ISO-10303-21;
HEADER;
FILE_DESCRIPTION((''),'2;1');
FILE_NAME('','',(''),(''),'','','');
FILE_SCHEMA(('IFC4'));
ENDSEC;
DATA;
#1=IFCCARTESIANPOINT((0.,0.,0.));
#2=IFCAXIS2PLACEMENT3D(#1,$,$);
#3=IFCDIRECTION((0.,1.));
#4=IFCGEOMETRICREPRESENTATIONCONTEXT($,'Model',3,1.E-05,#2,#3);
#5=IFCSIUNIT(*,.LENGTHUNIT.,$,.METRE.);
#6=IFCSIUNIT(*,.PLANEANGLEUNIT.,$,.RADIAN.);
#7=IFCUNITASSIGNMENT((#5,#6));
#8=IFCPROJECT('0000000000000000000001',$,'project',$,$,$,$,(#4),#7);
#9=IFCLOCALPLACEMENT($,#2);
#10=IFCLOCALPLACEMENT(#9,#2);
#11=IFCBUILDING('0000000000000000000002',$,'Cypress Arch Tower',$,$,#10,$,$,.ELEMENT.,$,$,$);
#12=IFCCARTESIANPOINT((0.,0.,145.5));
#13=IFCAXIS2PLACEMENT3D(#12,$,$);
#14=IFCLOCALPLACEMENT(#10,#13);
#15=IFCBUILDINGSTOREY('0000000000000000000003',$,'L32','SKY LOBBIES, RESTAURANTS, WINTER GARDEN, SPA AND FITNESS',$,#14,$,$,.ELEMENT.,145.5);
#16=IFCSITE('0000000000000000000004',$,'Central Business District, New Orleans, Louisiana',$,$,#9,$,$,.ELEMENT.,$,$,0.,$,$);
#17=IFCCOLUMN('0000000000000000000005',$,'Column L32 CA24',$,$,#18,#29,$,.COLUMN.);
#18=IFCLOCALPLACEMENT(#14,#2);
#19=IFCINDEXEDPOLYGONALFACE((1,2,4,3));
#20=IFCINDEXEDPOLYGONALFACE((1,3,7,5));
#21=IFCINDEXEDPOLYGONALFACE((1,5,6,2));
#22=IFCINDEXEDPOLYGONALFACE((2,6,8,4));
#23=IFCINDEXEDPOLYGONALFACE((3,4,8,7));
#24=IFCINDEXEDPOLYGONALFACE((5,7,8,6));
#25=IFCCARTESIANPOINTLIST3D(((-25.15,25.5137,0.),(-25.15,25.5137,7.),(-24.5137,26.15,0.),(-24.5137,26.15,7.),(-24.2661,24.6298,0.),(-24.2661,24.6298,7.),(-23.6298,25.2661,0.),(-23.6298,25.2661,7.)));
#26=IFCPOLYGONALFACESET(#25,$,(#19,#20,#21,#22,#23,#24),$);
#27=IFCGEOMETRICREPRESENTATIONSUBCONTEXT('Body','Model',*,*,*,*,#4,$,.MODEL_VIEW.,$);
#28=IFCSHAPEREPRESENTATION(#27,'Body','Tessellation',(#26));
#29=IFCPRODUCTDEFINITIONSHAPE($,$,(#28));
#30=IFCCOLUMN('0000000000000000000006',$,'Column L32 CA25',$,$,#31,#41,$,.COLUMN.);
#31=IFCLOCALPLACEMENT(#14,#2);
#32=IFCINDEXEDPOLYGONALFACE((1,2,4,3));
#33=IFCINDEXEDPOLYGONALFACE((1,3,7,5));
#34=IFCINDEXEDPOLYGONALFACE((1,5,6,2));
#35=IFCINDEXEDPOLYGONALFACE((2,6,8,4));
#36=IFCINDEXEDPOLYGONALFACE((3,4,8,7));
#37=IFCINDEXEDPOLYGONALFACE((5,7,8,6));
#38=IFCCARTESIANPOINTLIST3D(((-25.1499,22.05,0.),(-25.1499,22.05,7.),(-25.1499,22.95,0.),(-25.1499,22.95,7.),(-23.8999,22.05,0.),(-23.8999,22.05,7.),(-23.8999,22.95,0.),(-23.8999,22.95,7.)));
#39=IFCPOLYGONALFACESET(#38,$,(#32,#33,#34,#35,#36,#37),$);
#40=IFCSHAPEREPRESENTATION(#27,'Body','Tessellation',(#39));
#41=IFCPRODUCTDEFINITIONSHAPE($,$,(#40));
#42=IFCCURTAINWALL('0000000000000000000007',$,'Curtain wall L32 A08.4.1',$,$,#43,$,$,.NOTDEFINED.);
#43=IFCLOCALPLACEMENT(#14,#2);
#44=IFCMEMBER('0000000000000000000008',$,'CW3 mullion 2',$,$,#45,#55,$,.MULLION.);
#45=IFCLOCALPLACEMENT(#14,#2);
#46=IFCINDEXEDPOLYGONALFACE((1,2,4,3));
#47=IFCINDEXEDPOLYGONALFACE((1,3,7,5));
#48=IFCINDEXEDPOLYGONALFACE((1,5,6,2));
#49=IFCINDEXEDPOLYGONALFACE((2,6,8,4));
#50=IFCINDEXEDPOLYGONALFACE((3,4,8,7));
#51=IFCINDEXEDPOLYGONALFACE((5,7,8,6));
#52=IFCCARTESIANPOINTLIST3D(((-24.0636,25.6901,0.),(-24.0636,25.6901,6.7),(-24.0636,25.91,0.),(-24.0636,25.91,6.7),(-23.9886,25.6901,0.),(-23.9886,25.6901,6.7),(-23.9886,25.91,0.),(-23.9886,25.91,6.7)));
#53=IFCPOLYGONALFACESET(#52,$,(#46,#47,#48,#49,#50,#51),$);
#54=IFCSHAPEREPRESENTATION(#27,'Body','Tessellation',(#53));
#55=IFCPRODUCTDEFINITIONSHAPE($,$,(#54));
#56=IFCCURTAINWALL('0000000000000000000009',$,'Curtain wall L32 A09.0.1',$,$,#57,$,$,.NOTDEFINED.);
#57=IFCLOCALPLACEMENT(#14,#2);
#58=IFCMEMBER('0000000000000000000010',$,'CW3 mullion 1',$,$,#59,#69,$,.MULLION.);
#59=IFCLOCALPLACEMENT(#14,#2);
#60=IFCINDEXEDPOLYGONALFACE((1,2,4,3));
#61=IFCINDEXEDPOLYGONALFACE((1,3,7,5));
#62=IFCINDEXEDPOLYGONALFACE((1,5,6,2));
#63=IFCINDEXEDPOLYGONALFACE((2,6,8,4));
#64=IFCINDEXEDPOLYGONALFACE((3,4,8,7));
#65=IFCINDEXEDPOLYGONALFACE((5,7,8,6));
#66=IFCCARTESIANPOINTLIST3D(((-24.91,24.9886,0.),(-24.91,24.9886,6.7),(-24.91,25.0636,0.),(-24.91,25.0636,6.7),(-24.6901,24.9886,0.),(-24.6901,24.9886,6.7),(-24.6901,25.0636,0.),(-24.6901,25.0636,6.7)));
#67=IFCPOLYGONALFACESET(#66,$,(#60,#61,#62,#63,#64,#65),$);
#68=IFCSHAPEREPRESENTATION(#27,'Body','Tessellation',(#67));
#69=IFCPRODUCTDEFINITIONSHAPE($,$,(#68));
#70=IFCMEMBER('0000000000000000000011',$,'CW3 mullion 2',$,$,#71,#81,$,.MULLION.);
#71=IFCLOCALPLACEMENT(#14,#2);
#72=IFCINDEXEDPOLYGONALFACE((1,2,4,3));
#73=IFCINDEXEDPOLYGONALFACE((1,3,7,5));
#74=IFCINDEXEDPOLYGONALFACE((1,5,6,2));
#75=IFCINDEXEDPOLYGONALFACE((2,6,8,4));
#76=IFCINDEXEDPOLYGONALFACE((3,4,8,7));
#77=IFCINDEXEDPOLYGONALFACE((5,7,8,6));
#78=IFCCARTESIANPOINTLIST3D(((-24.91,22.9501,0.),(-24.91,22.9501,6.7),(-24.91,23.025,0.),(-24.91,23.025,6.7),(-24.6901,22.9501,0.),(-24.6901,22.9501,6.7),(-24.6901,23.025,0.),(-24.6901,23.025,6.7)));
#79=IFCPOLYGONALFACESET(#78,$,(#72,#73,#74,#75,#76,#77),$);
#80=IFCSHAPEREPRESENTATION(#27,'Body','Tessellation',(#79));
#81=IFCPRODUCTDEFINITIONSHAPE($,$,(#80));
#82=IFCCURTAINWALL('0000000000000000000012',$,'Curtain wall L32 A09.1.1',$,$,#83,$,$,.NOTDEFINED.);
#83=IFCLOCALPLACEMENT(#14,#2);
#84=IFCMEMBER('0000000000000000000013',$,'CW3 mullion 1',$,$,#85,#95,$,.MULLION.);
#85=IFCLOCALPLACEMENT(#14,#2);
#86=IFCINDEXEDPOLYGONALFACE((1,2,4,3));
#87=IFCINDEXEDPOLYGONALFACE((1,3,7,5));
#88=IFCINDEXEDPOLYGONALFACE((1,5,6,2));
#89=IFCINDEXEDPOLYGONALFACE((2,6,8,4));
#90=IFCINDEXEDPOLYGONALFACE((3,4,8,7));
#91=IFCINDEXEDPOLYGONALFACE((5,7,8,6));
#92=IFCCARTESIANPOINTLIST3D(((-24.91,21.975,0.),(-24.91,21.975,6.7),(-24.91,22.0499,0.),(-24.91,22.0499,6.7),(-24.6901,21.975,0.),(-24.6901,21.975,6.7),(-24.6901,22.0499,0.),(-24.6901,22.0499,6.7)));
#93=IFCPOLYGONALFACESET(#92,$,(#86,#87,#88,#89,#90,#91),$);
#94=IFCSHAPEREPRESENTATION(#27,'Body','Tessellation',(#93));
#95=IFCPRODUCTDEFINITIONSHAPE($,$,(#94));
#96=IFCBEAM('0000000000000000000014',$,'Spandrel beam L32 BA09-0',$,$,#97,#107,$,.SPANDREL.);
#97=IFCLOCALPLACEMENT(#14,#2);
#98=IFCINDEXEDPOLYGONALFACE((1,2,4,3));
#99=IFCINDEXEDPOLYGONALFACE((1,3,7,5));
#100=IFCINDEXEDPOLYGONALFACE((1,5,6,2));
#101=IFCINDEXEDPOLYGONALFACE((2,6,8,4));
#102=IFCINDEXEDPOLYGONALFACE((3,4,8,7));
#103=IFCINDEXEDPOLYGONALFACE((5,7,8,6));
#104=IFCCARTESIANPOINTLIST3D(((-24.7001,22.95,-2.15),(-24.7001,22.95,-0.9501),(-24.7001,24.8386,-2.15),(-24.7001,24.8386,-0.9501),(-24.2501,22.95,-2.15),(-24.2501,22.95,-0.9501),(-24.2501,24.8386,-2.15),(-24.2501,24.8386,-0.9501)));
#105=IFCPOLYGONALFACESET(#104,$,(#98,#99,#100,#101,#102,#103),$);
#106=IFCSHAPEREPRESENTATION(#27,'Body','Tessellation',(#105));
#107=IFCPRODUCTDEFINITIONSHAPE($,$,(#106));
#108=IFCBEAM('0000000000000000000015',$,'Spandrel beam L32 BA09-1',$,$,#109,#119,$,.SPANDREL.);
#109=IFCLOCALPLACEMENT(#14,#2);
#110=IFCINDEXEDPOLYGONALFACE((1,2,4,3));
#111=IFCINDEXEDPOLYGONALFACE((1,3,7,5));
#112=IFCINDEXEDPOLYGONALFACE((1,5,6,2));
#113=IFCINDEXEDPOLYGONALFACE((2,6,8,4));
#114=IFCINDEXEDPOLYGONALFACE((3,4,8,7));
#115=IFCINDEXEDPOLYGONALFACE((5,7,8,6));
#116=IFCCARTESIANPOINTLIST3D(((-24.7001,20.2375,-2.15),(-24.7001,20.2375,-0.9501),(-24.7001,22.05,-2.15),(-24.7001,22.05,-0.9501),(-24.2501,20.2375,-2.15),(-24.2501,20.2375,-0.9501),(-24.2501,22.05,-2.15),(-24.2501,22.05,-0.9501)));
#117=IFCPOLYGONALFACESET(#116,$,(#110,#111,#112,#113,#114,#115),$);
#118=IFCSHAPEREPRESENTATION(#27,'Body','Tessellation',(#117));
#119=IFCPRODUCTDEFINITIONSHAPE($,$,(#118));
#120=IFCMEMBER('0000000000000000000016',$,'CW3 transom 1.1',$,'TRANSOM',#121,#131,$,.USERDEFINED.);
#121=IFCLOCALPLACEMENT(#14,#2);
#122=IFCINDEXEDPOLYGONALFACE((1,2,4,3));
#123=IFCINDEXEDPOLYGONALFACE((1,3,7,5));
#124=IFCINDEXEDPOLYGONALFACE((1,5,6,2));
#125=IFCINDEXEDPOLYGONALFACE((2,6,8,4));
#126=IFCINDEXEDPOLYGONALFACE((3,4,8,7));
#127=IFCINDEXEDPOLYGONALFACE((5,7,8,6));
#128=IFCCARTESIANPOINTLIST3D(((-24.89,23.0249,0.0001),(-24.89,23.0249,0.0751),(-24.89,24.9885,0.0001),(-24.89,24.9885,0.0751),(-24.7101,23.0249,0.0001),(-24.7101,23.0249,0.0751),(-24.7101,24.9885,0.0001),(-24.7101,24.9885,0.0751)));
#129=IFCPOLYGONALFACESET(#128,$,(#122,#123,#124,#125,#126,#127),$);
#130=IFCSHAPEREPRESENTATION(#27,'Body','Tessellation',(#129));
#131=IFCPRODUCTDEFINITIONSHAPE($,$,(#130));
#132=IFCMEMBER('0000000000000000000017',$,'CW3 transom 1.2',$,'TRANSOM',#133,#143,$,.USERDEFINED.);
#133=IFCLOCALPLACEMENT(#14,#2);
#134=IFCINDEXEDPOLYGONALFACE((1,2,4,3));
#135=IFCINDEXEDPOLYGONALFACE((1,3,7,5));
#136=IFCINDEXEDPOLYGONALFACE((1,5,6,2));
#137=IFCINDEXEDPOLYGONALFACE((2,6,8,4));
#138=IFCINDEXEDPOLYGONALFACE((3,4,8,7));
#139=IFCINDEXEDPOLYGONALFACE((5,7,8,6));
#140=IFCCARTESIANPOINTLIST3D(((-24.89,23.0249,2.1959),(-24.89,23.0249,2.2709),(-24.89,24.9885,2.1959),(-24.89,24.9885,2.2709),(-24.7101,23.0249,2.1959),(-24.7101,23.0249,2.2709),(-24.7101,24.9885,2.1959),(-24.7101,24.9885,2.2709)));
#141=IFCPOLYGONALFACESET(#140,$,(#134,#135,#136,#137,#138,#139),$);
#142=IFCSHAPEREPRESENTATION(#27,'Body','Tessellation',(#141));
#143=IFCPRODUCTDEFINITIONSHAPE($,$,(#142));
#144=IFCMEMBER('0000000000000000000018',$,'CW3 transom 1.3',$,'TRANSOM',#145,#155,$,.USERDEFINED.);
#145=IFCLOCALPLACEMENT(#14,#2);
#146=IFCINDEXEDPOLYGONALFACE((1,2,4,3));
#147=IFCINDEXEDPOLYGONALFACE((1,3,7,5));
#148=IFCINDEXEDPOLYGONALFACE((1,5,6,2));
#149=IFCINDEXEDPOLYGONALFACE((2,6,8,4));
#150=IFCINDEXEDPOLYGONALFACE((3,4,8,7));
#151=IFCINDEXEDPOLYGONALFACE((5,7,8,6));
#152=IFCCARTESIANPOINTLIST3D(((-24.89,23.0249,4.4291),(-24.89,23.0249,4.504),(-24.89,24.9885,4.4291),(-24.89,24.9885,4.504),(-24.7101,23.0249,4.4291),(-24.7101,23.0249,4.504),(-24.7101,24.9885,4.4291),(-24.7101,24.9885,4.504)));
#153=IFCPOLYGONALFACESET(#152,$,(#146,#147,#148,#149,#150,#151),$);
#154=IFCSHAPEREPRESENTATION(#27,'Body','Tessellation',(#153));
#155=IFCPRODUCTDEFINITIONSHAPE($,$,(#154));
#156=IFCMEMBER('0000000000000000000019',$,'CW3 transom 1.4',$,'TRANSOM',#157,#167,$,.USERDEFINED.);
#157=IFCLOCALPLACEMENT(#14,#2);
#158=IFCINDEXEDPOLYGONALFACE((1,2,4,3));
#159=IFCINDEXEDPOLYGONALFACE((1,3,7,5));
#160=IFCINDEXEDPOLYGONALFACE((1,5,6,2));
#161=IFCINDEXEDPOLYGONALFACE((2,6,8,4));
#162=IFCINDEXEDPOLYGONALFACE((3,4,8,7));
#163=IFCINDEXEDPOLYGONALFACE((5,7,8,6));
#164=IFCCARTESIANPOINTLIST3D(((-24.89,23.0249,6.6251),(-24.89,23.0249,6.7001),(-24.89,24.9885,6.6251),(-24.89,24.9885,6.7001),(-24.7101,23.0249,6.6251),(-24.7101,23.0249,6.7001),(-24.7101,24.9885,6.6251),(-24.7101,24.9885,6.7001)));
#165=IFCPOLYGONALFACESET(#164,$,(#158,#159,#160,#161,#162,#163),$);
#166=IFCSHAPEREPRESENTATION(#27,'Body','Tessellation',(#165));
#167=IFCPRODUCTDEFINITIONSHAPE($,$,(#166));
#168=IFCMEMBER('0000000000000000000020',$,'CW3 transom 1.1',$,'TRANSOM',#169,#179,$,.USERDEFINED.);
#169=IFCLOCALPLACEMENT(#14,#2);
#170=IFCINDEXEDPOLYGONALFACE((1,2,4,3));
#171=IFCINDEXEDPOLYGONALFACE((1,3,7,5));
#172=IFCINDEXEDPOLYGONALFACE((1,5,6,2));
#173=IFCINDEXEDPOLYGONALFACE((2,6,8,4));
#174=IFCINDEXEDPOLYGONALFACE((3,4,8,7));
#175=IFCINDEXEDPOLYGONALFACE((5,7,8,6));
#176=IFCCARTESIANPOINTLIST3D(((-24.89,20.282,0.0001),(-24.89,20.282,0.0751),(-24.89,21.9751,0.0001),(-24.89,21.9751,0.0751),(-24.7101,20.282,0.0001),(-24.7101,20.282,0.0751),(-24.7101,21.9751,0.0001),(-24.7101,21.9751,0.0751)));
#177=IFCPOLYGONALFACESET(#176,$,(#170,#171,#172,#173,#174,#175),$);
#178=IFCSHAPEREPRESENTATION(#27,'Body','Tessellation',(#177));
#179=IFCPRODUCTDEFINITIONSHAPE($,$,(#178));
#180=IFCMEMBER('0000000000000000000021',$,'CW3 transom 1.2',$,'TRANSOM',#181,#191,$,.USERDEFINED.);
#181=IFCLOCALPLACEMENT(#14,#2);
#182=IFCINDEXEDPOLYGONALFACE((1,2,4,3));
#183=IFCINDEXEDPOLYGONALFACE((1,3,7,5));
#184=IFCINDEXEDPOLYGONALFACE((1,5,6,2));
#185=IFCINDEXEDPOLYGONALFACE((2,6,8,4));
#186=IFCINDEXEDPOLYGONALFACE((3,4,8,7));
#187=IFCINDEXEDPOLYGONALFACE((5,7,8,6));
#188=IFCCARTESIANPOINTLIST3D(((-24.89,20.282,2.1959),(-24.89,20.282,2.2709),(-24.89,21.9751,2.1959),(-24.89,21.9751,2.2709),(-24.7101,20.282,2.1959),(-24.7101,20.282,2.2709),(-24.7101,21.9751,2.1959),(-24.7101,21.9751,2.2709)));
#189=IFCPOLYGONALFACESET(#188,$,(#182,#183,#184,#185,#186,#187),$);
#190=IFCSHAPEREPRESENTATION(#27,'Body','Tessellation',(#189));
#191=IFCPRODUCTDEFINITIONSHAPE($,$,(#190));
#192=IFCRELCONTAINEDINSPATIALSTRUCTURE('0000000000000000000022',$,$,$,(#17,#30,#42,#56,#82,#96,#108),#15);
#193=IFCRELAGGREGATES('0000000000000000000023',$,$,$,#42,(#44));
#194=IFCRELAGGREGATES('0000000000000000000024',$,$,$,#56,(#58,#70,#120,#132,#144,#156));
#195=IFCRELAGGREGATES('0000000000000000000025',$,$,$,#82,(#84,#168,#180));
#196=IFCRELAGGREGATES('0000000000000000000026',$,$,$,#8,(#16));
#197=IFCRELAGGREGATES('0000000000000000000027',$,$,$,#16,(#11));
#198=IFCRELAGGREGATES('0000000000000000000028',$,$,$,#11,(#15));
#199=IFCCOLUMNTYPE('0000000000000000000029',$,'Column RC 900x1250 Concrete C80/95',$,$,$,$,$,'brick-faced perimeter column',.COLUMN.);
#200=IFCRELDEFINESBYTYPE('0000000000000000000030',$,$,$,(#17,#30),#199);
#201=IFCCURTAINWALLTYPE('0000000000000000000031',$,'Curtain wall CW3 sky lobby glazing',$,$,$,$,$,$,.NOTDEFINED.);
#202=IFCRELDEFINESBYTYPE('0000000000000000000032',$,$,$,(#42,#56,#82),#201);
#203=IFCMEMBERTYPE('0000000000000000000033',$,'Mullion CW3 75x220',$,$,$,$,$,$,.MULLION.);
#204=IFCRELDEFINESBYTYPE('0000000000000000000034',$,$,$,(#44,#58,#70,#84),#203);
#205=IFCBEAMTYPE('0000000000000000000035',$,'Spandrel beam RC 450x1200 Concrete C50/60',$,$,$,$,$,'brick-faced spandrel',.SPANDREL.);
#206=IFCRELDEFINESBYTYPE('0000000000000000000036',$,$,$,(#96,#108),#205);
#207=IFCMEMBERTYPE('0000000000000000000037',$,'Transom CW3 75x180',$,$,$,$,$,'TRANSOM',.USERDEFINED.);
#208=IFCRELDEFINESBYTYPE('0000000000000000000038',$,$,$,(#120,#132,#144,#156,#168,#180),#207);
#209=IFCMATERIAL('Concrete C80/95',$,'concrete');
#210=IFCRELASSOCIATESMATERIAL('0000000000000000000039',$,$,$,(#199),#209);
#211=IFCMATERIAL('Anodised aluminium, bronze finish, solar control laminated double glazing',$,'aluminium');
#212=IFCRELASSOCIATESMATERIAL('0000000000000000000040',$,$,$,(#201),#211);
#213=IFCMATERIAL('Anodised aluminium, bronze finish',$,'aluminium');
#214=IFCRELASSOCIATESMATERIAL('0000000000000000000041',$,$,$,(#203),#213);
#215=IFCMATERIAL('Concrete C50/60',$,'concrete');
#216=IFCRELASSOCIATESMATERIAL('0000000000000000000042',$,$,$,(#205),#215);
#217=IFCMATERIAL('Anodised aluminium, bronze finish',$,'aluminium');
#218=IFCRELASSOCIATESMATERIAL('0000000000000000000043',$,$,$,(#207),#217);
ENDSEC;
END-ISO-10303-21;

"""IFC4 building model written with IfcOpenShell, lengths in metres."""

from ifc_helpers import new_model, si_unit, direction, frame, origin, origin_2d, place, context, subcontext, project, spatial, rectangle, extrude, material, material_profile, profile_set, type_object, element, aggregate, save


model = new_model("IFC4")

# Units and contexts
model_context = context("Model", 3, precision=1e-05, world=origin(), true_north=direction((0.0, 1.0)))
body_context = subcontext(model_context, "Body", "Model", "MODEL_VIEW")
ifc_project = project(units=[si_unit("LENGTHUNIT", "METRE"), si_unit("PLANEANGLEUNIT", "RADIAN")], contexts=[model_context])

# Site, building, storey
site_placement = place(None, origin())
site = spatial("IfcSite", under=ifc_project, at=site_placement, Name="Central Business District, New Orleans, Louisiana", CompositionType="ELEMENT", RefElevation=0.0)
building_placement = place(site_placement, origin())
building = spatial("IfcBuilding", under=site, at=building_placement, Name="Cypress Arch Tower", CompositionType="ELEMENT")
storey_placement = place(building_placement, frame((0.0, 0.0, 145.5)))
storey = spatial("IfcBuildingStorey", under=building, at=storey_placement, Name="L32", Description="SKY LOBBIES, RESTAURANTS, WINTER GARDEN, SPA AND FITNESS", CompositionType="ELEMENT", Elevation=145.5)

# Columns
ifc_material_1 = material(Name="Concrete C80/95", Category="concrete")
ifc_material_profile_1 = material_profile(ifc_material_1, rectangle(XDim=0.8999, YDim=1.25, at=origin_2d()), Name="RC 900x1250")
ifc_profile_set_1 = profile_set([ifc_material_profile_1], Name="Concrete C80/95")
column_type = type_object("IfcColumnType", Name="Column RC 900x1250 Concrete C80/95", ElementType="brick-faced perimeter column", PredefinedType="COLUMN", material=ifc_profile_set_1)
for number, where, z_axis, x_axis, name in (
    (1, (-24.3899, 25.3899, 0.0), (0.0, 0.0, 1.0), (-0.707107, -0.707107, 0.0), "Column L32 CA24"),
    (2, (-24.5249, 22.5, 0.0), (0.0, 0.0, 1.0), (0.0, -1.0, 0.0), "Column L32 CA25"),
):
    element("IfcColumn", number, at=place(storey_placement, frame(where, z_axis=z_axis, x_axis=x_axis)), inside=storey, type_object=column_type, Name=name, PredefinedType="COLUMN", context=body_context, shape_type="SweptSolid", body=[
        extrude(rectangle(XDim=0.8999, YDim=1.25, at=origin_2d()), origin(), (0.0, 0.0, 1.0), 7.0),
    ])

# Curtain wall, member
ifc_material_2 = material(Name="Anodised aluminium, bronze finish, solar control laminated double glazing", Category="aluminium")
curtain_wall_type = type_object("IfcCurtainWallType", Name="Curtain wall CW3 sky lobby glazing", PredefinedType="NOTDEFINED", material=ifc_material_2)
curtain_wall_1_placement = place(storey_placement, origin())
curtain_wall_1 = element("IfcCurtainWall", 3, at=curtain_wall_1_placement, inside=storey, type_object=curtain_wall_type, Name="Curtain wall L32 A08.4.1", PredefinedType="NOTDEFINED")
ifc_material_3 = material(Name="Anodised aluminium, bronze finish", Category="aluminium")
ifc_material_profile_2 = material_profile(ifc_material_3, rectangle(XDim=0.22, YDim=0.075, at=origin_2d()), Name="Mullion 75x220")
ifc_profile_set_2 = profile_set([ifc_material_profile_2], Name="Anodised aluminium, bronze finish")
member_type_1 = type_object("IfcMemberType", Name="Mullion CW3 75x220", PredefinedType="MULLION", material=ifc_profile_set_2)
member_1_placement = place(storey_placement, frame((-24.0261, 25.8, 0.0), z_axis=(0.0, 0.0, 1.0), x_axis=(0.0, -1.0, 0.0)))
member_1 = element("IfcMember", 4, at=member_1_placement, type_object=member_type_1, Name="CW3 mullion 2", PredefinedType="MULLION", context=body_context, shape_type="SweptSolid", body=[
    extrude(rectangle(XDim=0.22, YDim=0.075, at=origin_2d()), origin(), (0.0, 0.0, 1.0), 6.7),
])
aggregate(curtain_wall_1, [member_1])

# Curtain wall, members
curtain_wall_2_placement = place(storey_placement, origin())
curtain_wall_2 = element("IfcCurtainWall", 5, at=curtain_wall_2_placement, inside=storey, type_object=curtain_wall_type, Name="Curtain wall L32 A09.0.1", PredefinedType="NOTDEFINED")
member_2_placement = place(storey_placement, frame((-24.8, 25.0261, 0.0), z_axis=(0.0, 0.0, 1.0), x_axis=(1.0, 0.0, 0.0)))
member_2 = element("IfcMember", 6, at=member_2_placement, type_object=member_type_1, Name="CW3 mullion 1", PredefinedType="MULLION", context=body_context, shape_type="SweptSolid", body=[
    extrude(rectangle(XDim=0.22, YDim=0.075, at=origin_2d()), origin(), (0.0, 0.0, 1.0), 6.7),
])
member_3_placement = place(storey_placement, frame((-24.8, 22.9875, 0.0), z_axis=(0.0, 0.0, 1.0), x_axis=(1.0, 0.0, 0.0)))
member_3 = element("IfcMember", 7, at=member_3_placement, type_object=member_type_1, Name="CW3 mullion 2", PredefinedType="MULLION", context=body_context, shape_type="SweptSolid", body=[
    extrude(rectangle(XDim=0.22, YDim=0.075, at=origin_2d()), origin(), (0.0, 0.0, 1.0), 6.7),
])

# Curtain wall, member
curtain_wall_3_placement = place(storey_placement, origin())
curtain_wall_3 = element("IfcCurtainWall", 8, at=curtain_wall_3_placement, inside=storey, type_object=curtain_wall_type, Name="Curtain wall L32 A09.1.1", PredefinedType="NOTDEFINED")
member_4_placement = place(storey_placement, frame((-24.8, 22.0125, 0.0), z_axis=(0.0, 0.0, 1.0), x_axis=(1.0, 0.0, 0.0)))
member_4 = element("IfcMember", 9, at=member_4_placement, type_object=member_type_1, Name="CW3 mullion 1", PredefinedType="MULLION", context=body_context, shape_type="SweptSolid", body=[
    extrude(rectangle(XDim=0.22, YDim=0.075, at=origin_2d()), origin(), (0.0, 0.0, 1.0), 6.7),
])

# Beams
ifc_material_4 = material(Name="Concrete C50/60", Category="concrete")
ifc_material_profile_3 = material_profile(ifc_material_4, rectangle(XDim=0.45, YDim=1.2, at=origin_2d()), Name="RC 450x1200")
ifc_profile_set_3 = profile_set([ifc_material_profile_3], Name="Concrete C50/60")
beam_type = type_object("IfcBeamType", Name="Spandrel beam RC 450x1200 Concrete C50/60", ElementType="brick-faced spandrel", PredefinedType="SPANDREL", material=ifc_profile_set_3)
beam_1_placement = place(storey_placement, frame((-24.4751, 24.8386, -1.55), z_axis=(0.0, -1.0, 0.0), x_axis=(1.0, 0.0, 0.0)))
element("IfcBeam", 10, at=beam_1_placement, inside=storey, type_object=beam_type, Name="Spandrel beam L32 BA09-0", PredefinedType="SPANDREL", context=body_context, shape_type="SweptSolid", body=[
    extrude(rectangle(XDim=0.45, YDim=1.2, at=origin_2d()), origin(), (0.0, 0.0, 1.0), 1.8887),
])
beam_2_placement = place(storey_placement, frame((-24.4751, 22.05, -1.55), z_axis=(0.0, -1.0, 0.0), x_axis=(1.0, 0.0, 0.0)))
element("IfcBeam", 11, at=beam_2_placement, inside=storey, type_object=beam_type, Name="Spandrel beam L32 BA09-1", PredefinedType="SPANDREL", context=body_context, shape_type="SweptSolid", body=[
    extrude(rectangle(XDim=0.45, YDim=1.2, at=origin_2d()), origin(), (0.0, 0.0, 1.0), 1.8125),
])

# Members
ifc_material_5 = material(Name="Anodised aluminium, bronze finish", Category="aluminium")
ifc_material_profile_4 = material_profile(ifc_material_5, rectangle(XDim=0.1799, YDim=0.075, at=origin_2d()), Name="Transom 75x180")
ifc_profile_set_4 = profile_set([ifc_material_profile_4], Name="Anodised aluminium, bronze finish")
member_type_2 = type_object("IfcMemberType", Name="Transom CW3 75x180", ElementType="TRANSOM", PredefinedType="USERDEFINED", material=ifc_profile_set_4)
member_5_placement = place(storey_placement, frame((-24.8, 24.9885, 0.0376), z_axis=(0.0, -1.0, 0.0), x_axis=(1.0, 0.0, 0.0)))
member_5 = element("IfcMember", 12, at=member_5_placement, type_object=member_type_2, Name="CW3 transom 1.1", ObjectType="TRANSOM", PredefinedType="USERDEFINED", context=body_context, shape_type="SweptSolid", body=[
    extrude(rectangle(XDim=0.1799, YDim=0.075, at=origin_2d()), origin(), (0.0, 0.0, 1.0), 1.9636),
])
member_6_placement = place(storey_placement, frame((-24.8, 24.9885, 2.2334), z_axis=(0.0, -1.0, 0.0), x_axis=(1.0, 0.0, 0.0)))
member_6 = element("IfcMember", 13, at=member_6_placement, type_object=member_type_2, Name="CW3 transom 1.2", ObjectType="TRANSOM", PredefinedType="USERDEFINED", context=body_context, shape_type="SweptSolid", body=[
    extrude(rectangle(XDim=0.1799, YDim=0.075, at=origin_2d()), origin(), (0.0, 0.0, 1.0), 1.9636),
])
member_7_placement = place(storey_placement, frame((-24.8, 24.9885, 4.4666), z_axis=(0.0, -1.0, 0.0), x_axis=(1.0, 0.0, 0.0)))
member_7 = element("IfcMember", 14, at=member_7_placement, type_object=member_type_2, Name="CW3 transom 1.3", ObjectType="TRANSOM", PredefinedType="USERDEFINED", context=body_context, shape_type="SweptSolid", body=[
    extrude(rectangle(XDim=0.1799, YDim=0.075, at=origin_2d()), origin(), (0.0, 0.0, 1.0), 1.9636),
])
member_8_placement = place(storey_placement, frame((-24.8, 24.9885, 6.6626), z_axis=(0.0, -1.0, 0.0), x_axis=(1.0, 0.0, 0.0)))
member_8 = element("IfcMember", 15, at=member_8_placement, type_object=member_type_2, Name="CW3 transom 1.4", ObjectType="TRANSOM", PredefinedType="USERDEFINED", context=body_context, shape_type="SweptSolid", body=[
    extrude(rectangle(XDim=0.1799, YDim=0.075, at=origin_2d()), origin(), (0.0, 0.0, 1.0), 1.9636),
])
member_9_placement = place(storey_placement, frame((-24.8, 21.9751, 0.0376), z_axis=(0.0, -1.0, 0.0), x_axis=(1.0, 0.0, 0.0)))
member_9 = element("IfcMember", 16, at=member_9_placement, type_object=member_type_2, Name="CW3 transom 1.1", ObjectType="TRANSOM", PredefinedType="USERDEFINED", context=body_context, shape_type="SweptSolid", body=[
    extrude(rectangle(XDim=0.1799, YDim=0.075, at=origin_2d()), origin(), (0.0, 0.0, 1.0), 1.6931),
])
member_10_placement = place(storey_placement, frame((-24.8, 21.9751, 2.2334), z_axis=(0.0, -1.0, 0.0), x_axis=(1.0, 0.0, 0.0)))
member_10 = element("IfcMember", 17, at=member_10_placement, type_object=member_type_2, Name="CW3 transom 1.2", ObjectType="TRANSOM", PredefinedType="USERDEFINED", context=body_context, shape_type="SweptSolid", body=[
    extrude(rectangle(XDim=0.1799, YDim=0.075, at=origin_2d()), origin(), (0.0, 0.0, 1.0), 1.6931),
])

aggregate(curtain_wall_2, [member_2, member_3, member_5, member_6, member_7, member_8])
aggregate(curtain_wall_3, [member_4, member_9, member_10])

save(model, "model.ifc")
